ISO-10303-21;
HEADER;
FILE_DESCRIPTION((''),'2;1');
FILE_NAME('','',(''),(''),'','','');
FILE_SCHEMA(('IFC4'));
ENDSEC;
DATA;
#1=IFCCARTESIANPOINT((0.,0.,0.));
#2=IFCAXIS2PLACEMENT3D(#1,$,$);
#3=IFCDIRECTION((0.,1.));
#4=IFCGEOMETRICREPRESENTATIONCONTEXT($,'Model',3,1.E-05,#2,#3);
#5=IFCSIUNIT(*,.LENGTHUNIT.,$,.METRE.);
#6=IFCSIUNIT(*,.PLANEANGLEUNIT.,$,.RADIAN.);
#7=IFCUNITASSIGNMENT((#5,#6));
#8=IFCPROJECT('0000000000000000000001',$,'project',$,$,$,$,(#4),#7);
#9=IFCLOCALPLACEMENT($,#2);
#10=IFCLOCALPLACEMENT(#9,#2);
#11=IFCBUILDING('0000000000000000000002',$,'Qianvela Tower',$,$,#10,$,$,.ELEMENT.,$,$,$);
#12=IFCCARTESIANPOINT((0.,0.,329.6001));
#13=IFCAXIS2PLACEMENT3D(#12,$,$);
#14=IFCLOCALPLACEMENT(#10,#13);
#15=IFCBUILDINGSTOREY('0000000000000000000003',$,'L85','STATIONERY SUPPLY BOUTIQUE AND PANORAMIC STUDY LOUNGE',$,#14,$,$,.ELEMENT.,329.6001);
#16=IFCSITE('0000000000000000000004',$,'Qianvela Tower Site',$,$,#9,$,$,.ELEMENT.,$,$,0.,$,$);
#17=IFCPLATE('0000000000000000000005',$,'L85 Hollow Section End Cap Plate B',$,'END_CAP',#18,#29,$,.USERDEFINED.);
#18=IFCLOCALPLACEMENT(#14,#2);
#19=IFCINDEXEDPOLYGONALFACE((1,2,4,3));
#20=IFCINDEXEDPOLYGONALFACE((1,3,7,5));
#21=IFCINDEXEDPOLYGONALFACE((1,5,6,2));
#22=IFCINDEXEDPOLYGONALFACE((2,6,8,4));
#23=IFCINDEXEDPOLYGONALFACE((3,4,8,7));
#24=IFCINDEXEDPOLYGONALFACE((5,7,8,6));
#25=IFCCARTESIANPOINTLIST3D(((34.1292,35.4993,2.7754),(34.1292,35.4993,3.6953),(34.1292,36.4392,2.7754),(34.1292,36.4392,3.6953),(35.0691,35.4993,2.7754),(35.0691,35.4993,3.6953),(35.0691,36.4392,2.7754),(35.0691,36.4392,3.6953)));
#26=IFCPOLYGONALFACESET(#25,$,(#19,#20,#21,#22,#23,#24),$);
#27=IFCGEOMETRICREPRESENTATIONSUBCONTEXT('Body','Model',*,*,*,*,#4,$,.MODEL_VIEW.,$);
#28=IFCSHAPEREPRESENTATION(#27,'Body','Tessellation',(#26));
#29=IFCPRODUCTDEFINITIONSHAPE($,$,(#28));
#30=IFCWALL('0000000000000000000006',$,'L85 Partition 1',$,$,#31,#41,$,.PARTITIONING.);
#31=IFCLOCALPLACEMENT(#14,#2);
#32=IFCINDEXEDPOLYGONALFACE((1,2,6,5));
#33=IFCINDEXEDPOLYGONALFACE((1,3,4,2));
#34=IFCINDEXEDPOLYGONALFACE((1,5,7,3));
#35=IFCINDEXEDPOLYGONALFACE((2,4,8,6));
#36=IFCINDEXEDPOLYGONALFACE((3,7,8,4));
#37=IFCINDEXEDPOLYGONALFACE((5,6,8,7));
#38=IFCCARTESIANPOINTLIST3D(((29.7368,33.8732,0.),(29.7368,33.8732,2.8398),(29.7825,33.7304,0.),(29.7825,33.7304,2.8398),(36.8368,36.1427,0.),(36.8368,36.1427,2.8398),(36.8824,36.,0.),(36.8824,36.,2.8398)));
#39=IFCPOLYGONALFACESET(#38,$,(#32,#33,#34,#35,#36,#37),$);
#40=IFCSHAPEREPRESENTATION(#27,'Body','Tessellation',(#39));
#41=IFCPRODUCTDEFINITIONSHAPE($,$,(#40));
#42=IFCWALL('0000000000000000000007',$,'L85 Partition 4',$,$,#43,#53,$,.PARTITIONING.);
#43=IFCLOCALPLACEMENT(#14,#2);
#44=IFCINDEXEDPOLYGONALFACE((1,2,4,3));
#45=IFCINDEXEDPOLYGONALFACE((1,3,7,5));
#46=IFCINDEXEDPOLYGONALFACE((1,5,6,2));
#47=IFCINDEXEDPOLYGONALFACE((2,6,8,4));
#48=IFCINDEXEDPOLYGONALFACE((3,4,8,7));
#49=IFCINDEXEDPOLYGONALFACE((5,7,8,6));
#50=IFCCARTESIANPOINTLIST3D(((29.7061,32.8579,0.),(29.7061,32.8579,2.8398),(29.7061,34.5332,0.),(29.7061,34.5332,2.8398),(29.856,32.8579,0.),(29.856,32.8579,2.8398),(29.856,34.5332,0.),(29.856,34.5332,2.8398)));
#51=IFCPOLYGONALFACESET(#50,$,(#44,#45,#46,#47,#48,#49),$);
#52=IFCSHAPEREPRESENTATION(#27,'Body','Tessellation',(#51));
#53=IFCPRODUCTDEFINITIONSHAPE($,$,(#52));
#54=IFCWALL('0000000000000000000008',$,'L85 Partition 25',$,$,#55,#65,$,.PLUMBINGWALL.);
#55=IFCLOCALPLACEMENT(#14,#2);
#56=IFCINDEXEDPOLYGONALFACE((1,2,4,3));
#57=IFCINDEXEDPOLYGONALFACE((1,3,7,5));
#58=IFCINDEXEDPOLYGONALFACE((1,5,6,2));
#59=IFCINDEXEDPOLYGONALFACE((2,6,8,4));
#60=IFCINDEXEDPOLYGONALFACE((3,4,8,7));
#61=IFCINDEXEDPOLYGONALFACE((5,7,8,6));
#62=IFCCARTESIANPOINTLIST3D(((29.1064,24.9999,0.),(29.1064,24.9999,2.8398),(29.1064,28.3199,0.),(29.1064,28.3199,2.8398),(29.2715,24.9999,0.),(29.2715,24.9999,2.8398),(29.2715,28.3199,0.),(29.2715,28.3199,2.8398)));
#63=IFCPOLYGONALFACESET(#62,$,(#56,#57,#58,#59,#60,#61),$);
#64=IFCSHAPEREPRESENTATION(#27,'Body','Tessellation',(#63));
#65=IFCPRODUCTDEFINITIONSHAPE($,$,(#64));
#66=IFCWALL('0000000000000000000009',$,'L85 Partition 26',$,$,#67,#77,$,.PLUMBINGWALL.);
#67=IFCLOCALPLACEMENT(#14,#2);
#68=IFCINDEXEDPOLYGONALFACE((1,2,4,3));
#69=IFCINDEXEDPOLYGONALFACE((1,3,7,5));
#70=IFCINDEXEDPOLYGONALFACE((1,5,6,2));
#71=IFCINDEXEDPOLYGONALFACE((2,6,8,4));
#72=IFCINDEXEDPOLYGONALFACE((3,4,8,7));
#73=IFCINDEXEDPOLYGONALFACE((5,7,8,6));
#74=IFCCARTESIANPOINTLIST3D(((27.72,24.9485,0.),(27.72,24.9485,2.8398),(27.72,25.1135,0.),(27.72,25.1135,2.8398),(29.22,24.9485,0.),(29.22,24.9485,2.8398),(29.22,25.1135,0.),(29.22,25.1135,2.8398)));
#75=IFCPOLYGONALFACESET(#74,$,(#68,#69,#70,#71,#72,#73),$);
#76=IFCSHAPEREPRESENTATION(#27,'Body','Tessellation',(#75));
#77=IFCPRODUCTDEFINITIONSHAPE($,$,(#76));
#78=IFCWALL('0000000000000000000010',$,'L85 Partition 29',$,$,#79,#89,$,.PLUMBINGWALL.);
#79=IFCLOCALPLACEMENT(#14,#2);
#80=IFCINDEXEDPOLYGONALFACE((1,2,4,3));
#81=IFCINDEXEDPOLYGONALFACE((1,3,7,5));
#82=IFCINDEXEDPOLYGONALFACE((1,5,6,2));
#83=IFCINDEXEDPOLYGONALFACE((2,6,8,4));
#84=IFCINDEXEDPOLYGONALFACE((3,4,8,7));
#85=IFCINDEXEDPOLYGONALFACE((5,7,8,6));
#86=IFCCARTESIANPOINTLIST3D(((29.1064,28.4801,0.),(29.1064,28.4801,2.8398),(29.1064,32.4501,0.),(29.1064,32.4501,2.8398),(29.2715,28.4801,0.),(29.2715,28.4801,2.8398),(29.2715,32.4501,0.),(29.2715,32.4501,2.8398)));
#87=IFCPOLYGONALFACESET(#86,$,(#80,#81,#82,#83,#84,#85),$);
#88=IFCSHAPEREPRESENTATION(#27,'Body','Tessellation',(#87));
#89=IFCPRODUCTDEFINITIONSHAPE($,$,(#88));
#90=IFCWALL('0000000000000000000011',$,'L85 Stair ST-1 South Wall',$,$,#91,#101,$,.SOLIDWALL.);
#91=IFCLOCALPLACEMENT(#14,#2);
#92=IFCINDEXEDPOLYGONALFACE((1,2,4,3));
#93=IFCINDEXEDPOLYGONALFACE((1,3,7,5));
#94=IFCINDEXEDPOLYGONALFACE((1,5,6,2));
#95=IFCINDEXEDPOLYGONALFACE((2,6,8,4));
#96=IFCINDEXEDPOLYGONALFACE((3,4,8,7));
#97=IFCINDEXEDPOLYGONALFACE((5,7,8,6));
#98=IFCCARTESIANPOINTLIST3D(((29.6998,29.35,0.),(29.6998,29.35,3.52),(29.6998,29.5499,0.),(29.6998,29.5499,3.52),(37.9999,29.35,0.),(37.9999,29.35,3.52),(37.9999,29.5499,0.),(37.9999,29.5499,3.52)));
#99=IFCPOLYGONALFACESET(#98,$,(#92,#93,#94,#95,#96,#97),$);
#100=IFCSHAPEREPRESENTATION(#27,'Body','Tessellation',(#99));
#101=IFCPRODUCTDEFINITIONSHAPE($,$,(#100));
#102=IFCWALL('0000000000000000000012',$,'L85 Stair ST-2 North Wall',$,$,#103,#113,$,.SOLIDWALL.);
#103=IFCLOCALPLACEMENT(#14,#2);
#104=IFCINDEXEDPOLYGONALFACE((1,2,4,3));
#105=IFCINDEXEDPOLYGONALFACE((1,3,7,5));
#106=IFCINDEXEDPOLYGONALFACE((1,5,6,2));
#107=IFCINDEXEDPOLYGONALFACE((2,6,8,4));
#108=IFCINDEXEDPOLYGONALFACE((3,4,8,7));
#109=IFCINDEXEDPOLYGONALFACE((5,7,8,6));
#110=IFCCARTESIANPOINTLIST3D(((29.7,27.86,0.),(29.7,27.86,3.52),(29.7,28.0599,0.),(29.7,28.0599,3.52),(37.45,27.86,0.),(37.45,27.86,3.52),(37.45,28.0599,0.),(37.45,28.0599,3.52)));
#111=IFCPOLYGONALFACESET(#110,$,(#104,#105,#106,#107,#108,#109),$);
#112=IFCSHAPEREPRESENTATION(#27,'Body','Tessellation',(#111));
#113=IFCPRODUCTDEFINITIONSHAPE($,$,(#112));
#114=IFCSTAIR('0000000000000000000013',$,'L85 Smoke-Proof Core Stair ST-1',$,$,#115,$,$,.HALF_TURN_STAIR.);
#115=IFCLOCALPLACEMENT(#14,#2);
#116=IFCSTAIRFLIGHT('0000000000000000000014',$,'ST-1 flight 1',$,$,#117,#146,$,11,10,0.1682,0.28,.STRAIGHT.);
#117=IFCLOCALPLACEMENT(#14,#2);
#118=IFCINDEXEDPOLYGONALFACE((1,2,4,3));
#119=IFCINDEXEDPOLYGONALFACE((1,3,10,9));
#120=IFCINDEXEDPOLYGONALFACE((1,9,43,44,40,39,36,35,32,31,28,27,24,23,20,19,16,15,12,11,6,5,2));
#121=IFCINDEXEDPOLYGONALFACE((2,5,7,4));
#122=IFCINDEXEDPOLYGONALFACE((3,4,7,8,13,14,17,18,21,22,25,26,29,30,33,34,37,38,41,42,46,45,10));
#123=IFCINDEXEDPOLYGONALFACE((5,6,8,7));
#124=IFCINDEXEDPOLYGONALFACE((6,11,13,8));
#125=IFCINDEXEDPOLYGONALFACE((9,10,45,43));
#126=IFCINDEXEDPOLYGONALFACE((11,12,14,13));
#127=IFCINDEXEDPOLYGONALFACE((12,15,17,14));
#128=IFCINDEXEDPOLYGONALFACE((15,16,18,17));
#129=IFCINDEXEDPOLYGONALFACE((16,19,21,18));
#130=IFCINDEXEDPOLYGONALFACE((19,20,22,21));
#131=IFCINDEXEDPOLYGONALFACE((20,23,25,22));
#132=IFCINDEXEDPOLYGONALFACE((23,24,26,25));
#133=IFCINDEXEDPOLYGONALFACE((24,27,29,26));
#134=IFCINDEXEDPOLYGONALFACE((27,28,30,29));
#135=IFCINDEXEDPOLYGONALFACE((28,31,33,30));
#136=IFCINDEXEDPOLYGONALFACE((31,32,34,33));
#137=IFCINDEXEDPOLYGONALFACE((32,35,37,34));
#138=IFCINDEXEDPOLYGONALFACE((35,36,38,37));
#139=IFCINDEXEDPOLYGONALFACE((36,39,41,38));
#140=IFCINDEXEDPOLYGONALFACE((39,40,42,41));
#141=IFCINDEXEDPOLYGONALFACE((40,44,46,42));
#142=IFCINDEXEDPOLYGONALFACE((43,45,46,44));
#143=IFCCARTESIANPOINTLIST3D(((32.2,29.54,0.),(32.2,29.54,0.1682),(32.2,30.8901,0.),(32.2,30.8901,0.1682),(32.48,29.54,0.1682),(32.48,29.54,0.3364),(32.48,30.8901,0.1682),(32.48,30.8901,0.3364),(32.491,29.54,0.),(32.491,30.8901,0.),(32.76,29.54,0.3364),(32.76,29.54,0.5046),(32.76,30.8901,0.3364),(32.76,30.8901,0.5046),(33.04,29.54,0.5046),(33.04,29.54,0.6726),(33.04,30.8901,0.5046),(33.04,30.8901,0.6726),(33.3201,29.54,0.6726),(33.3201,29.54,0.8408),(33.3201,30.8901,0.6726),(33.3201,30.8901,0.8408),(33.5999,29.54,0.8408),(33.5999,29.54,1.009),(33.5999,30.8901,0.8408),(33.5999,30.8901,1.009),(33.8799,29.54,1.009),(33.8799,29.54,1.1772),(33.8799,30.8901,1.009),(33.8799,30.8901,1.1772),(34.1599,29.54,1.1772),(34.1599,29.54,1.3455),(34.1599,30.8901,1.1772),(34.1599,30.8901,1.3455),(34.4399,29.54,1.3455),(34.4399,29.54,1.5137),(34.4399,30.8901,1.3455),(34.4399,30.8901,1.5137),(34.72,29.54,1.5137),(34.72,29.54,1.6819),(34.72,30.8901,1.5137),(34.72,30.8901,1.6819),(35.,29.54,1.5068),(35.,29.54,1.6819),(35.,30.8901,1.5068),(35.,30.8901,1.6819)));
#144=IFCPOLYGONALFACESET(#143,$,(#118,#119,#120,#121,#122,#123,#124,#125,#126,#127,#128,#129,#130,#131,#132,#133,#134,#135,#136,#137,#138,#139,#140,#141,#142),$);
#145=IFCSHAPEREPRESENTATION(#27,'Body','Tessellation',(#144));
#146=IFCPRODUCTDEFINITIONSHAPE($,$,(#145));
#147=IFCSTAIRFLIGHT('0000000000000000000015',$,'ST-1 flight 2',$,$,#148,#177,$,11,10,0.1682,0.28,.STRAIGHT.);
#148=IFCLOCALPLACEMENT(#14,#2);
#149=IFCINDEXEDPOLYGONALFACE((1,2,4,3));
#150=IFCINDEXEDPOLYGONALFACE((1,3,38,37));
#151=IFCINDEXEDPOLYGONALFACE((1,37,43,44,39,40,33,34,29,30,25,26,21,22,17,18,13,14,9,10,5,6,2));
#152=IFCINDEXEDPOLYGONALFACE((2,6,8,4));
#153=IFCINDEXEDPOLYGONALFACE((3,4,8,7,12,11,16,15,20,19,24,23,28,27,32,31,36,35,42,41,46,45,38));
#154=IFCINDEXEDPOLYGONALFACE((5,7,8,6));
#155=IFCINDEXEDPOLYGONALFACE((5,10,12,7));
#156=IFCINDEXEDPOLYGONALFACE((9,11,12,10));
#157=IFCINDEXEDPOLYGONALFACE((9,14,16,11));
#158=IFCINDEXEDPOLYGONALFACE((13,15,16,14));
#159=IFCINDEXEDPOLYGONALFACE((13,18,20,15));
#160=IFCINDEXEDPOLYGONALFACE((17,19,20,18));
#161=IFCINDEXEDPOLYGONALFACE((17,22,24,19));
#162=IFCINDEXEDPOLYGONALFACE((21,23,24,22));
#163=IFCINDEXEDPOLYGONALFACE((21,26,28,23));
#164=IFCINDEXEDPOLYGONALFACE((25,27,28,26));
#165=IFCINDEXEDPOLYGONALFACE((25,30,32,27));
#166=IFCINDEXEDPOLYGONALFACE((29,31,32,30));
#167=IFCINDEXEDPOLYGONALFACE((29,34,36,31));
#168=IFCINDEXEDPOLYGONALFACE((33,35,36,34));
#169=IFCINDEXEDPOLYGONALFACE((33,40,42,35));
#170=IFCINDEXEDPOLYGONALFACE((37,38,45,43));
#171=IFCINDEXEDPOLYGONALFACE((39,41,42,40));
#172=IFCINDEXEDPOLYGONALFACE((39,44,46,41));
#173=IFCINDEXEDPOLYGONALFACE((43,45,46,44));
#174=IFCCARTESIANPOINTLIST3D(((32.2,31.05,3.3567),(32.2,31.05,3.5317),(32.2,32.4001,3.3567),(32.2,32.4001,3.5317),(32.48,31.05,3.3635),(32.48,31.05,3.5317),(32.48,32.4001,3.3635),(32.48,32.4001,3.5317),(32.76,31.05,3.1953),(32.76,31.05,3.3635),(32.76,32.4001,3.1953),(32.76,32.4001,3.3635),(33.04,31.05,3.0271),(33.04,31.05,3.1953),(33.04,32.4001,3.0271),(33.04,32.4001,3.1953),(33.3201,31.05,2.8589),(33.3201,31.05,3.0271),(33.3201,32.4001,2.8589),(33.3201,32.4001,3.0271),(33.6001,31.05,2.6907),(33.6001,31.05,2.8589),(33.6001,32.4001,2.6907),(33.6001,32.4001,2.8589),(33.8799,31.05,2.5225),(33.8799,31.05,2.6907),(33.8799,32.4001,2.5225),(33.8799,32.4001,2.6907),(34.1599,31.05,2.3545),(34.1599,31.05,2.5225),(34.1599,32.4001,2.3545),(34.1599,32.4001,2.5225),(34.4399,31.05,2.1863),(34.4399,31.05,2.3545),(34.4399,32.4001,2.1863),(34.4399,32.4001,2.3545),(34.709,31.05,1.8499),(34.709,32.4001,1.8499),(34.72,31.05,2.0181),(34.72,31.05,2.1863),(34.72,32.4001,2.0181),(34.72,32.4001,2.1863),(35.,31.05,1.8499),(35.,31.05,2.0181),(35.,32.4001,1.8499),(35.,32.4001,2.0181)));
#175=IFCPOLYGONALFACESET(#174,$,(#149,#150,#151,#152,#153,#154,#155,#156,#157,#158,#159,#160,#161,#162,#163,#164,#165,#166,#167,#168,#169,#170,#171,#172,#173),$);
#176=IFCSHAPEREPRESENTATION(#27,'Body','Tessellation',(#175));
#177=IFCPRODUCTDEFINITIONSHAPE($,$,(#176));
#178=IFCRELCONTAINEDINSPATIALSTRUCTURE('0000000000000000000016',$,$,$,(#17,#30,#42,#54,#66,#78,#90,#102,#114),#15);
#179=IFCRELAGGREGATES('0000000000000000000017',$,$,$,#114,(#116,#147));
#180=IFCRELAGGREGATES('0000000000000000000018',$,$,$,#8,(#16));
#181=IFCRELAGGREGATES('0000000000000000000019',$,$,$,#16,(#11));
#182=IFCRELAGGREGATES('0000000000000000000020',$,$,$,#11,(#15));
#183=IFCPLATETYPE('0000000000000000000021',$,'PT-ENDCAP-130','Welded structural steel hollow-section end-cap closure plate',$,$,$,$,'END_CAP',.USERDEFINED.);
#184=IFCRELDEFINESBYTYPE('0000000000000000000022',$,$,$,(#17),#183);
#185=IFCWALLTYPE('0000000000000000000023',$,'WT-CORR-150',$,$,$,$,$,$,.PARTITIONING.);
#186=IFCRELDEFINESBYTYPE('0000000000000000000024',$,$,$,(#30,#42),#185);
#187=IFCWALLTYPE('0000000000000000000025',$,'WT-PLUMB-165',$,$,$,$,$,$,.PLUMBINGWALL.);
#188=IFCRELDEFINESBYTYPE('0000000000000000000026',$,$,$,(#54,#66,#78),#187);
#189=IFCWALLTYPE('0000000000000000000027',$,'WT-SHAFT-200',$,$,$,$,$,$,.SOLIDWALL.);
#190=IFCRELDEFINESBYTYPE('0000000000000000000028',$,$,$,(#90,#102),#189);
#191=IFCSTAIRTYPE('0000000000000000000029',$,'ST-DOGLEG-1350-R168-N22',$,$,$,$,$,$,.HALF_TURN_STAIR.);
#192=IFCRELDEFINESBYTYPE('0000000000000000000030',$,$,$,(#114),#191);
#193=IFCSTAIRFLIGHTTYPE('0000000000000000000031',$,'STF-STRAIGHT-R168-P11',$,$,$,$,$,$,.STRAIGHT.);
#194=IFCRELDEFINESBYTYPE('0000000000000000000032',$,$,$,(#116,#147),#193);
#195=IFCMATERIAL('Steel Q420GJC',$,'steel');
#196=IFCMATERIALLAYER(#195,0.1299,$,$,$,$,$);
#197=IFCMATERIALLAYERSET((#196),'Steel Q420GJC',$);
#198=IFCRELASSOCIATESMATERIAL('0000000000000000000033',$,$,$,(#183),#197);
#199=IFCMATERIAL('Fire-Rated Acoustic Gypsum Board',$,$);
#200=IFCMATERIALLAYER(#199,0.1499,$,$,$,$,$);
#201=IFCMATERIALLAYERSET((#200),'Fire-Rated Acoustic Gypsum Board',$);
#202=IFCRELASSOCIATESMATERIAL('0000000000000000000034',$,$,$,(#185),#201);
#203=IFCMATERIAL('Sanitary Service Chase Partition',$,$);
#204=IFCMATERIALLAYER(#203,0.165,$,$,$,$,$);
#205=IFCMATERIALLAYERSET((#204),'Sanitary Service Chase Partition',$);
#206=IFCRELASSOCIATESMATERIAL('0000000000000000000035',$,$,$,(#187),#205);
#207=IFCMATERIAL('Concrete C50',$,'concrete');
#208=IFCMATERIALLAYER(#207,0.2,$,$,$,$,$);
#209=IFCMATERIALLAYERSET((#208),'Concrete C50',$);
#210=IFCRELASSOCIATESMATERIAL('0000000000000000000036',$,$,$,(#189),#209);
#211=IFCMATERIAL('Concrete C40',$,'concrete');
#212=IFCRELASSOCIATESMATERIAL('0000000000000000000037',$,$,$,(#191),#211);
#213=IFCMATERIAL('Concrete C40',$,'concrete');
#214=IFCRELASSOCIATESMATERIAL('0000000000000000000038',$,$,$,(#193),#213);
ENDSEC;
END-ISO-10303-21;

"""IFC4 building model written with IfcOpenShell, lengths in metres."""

from ifc_helpers import new_model, si_unit, direction, frame, frame_2d, origin, origin_2d, place, context, subcontext, project, spatial, polyline, rectangle, outline, extrude, material, layer, layer_set, type_object, element, aggregate, save


model = new_model("IFC4")

# Units and contexts
model_context = context("Model", 3, precision=1e-05, world=origin(), true_north=direction((0.0, 1.0)))
body_context = subcontext(model_context, "Body", "Model", "MODEL_VIEW")
ifc_project = project(units=[si_unit("LENGTHUNIT", "METRE"), si_unit("PLANEANGLEUNIT", "RADIAN")], contexts=[model_context])

# Site, building, storey
site_placement = place(None, origin())
site = spatial("IfcSite", under=ifc_project, at=site_placement, Name="Qianvela Tower Site", CompositionType="ELEMENT", RefElevation=0.0)
building_placement = place(site_placement, origin())
building = spatial("IfcBuilding", under=site, at=building_placement, Name="Qianvela Tower", CompositionType="ELEMENT")
storey_placement = place(building_placement, frame((0.0, 0.0, 329.6001)))
storey = spatial("IfcBuildingStorey", under=building, at=storey_placement, Name="L85", Description="STATIONERY SUPPLY BOUTIQUE AND PANORAMIC STUDY LOUNGE", CompositionType="ELEMENT", Elevation=329.6001)

# Plate
ifc_material_1 = material(Name="Steel Q420GJC", Category="steel")
ifc_layer_1 = layer(ifc_material_1, 0.1299)
ifc_layer_set_1 = layer_set([ifc_layer_1], Name="Steel Q420GJC")
plate_type_1 = type_object("IfcPlateType", Name="PT-ENDCAP-130", Description="Welded structural steel hollow-section end-cap closure plate", ElementType="END_CAP", PredefinedType="USERDEFINED", material=ifc_layer_set_1)
plate_1_placement = place(storey_placement, frame((34.5991, 35.9692, 2.7754), z_axis=(0.0, 0.0, 1.0), x_axis=(1.0, 0.0, 0.0)))
element("IfcPlate", 1, at=plate_1_placement, inside=storey, type_object=plate_type_1, Name="L85 Hollow Section End Cap Plate B", ObjectType="END_CAP", PredefinedType="USERDEFINED", context=body_context, shape_type="SweptSolid", body=[
    extrude(rectangle(XDim=0.9399, YDim=0.9399, at=origin_2d()), origin(), (0.0, 0.0, 1.0), 0.9199),
])

# Walls
ifc_material_2 = material(Name="Fire-Rated Acoustic Gypsum Board")
ifc_layer_2 = layer(ifc_material_2, 0.1499)
ifc_layer_set_2 = layer_set([ifc_layer_2], Name="Fire-Rated Acoustic Gypsum Board")
wall_type_1 = type_object("IfcWallType", Name="WT-CORR-150", PredefinedType="PARTITIONING", material=ifc_layer_set_2)
wall_1_placement = place(storey_placement, frame((29.7595, 33.8018, 0.0), z_axis=(0.0, 0.0, 1.0), x_axis=(0.952518, 0.304481, 0.0)))
element("IfcWall", 2, at=wall_1_placement, inside=storey, type_object=wall_type_1, Name="L85 Partition 1", PredefinedType="PARTITIONING", context=body_context, shape_type="SweptSolid", body=[
    extrude(rectangle(XDim=7.4539, YDim=0.1499, at=frame_2d((3.7271, 0.0))), origin(), (0.0, 0.0, 1.0), 2.8398),
])
wall_2_placement = place(storey_placement, frame((29.781, 32.8579, 0.0), z_axis=(0.0, 0.0, 1.0), x_axis=(0.0, 1.0, 0.0)))
element("IfcWall", 3, at=wall_2_placement, inside=storey, type_object=wall_type_1, Name="L85 Partition 4", PredefinedType="PARTITIONING", context=body_context, shape_type="SweptSolid", body=[
    extrude(rectangle(XDim=1.6753, YDim=0.1499, at=frame_2d((0.8376, 0.0))), origin(), (0.0, 0.0, 1.0), 2.8398),
])
ifc_material_3 = material(Name="Sanitary Service Chase Partition")
ifc_layer_3 = layer(ifc_material_3, 0.165)
ifc_layer_set_3 = layer_set([ifc_layer_3], Name="Sanitary Service Chase Partition")
wall_type_2 = type_object("IfcWallType", Name="WT-PLUMB-165", PredefinedType="PLUMBINGWALL", material=ifc_layer_set_3)
wall_3_placement = place(storey_placement, frame((29.189, 28.3201, 0.0), z_axis=(0.0, 0.0, 1.0), x_axis=(0.0, -1.0, 0.0)))
element("IfcWall", 4, at=wall_3_placement, inside=storey, type_object=wall_type_2, Name="L85 Partition 25", PredefinedType="PLUMBINGWALL", context=body_context, shape_type="SweptSolid", body=[
    extrude(rectangle(XDim=3.3201, YDim=0.165, at=frame_2d((1.6602, 0.0))), origin(), (0.0, 0.0, 1.0), 2.8398),
])
wall_4_placement = place(storey_placement, frame((29.22, 25.031, 0.0), z_axis=(0.0, 0.0, 1.0), x_axis=(-1.0, 0.0, 0.0)))
element("IfcWall", 5, at=wall_4_placement, inside=storey, type_object=wall_type_2, Name="L85 Partition 26", PredefinedType="PLUMBINGWALL", context=body_context, shape_type="SweptSolid", body=[
    extrude(rectangle(XDim=1.5, YDim=0.165, at=frame_2d((0.75, 0.0))), origin(), (0.0, 0.0, 1.0), 2.8398),
])
wall_5_placement = place(storey_placement, frame((29.189, 32.45, 0.0), z_axis=(0.0, 0.0, 1.0), x_axis=(0.0, -1.0, 0.0)))
element("IfcWall", 6, at=wall_5_placement, inside=storey, type_object=wall_type_2, Name="L85 Partition 29", PredefinedType="PLUMBINGWALL", context=body_context, shape_type="SweptSolid", body=[
    extrude(rectangle(XDim=3.97, YDim=0.165, at=frame_2d((1.9849, 0.0))), origin(), (0.0, 0.0, 1.0), 2.8398),
])
ifc_material_4 = material(Name="Concrete C50", Category="concrete")
ifc_layer_4 = layer(ifc_material_4, 0.2)
ifc_layer_set_4 = layer_set([ifc_layer_4], Name="Concrete C50")
wall_type_3 = type_object("IfcWallType", Name="WT-SHAFT-200", PredefinedType="SOLIDWALL", material=ifc_layer_set_4)
wall_6_placement = place(storey_placement, frame((29.7, 29.45, 0.0), z_axis=(0.0, 0.0, 1.0), x_axis=(1.0, 0.0, 0.0)))
element("IfcWall", 7, at=wall_6_placement, inside=storey, type_object=wall_type_3, Name="L85 Stair ST-1 South Wall", PredefinedType="SOLIDWALL", context=body_context, shape_type="SweptSolid", body=[
    extrude(rectangle(XDim=8.3, YDim=0.2, at=frame_2d((4.1499, 0.0))), origin(), (0.0, 0.0, 1.0), 3.52),
])
wall_7_placement = place(storey_placement, frame((29.7, 27.96, 0.0), z_axis=(0.0, 0.0, 1.0), x_axis=(1.0, 0.0, 0.0)))
element("IfcWall", 8, at=wall_7_placement, inside=storey, type_object=wall_type_3, Name="L85 Stair ST-2 North Wall", PredefinedType="SOLIDWALL", context=body_context, shape_type="SweptSolid", body=[
    extrude(rectangle(XDim=7.75, YDim=0.2, at=frame_2d((3.875, 0.0))), origin(), (0.0, 0.0, 1.0), 3.52),
])

# Stair, stair flights
ifc_material_5 = material(Name="Concrete C40", Category="concrete")
stair_type = type_object("IfcStairType", Name="ST-DOGLEG-1350-R168-N22", PredefinedType="HALF_TURN_STAIR", material=ifc_material_5)
stair_1_placement = place(storey_placement, origin())
stair_1 = element("IfcStair", 9, at=stair_1_placement, inside=storey, type_object=stair_type, Name="L85 Smoke-Proof Core Stair ST-1", PredefinedType="HALF_TURN_STAIR")
ifc_material_6 = material(Name="Concrete C40", Category="concrete")
stair_flight_type = type_object("IfcStairFlightType", Name="STF-STRAIGHT-R168-P11", PredefinedType="STRAIGHT", material=ifc_material_6)
stair_flight_1_placement = place(storey_placement, frame((32.2, 30.2151, 0.0), z_axis=(0.0, 0.0, 1.0), x_axis=(1.0, 0.0, 0.0)))
stair_flight_1 = element("IfcStairFlight", 10, at=stair_flight_1_placement, type_object=stair_flight_type, Name="ST-1 flight 1", NumberOfRisers=11, NumberOfTreads=10, PredefinedType="STRAIGHT", RiserHeight=0.1682, TreadLength=0.28, context=body_context, shape_type="SweptSolid", body=[
    extrude(outline(polyline([(0.0, 0.0), (0.0, 0.1682), (0.28, 0.1682), (0.28, 0.3364), (0.5601, 0.3364), (0.5601, 0.5046), (0.8401, 0.5046), (0.8401, 0.6726), (1.1201, 0.6726), (1.1201, 0.8408), (1.3999, 0.8408), (1.3999, 1.009), (1.6799, 1.009), (1.6799, 1.1772), (1.96, 1.1772), (1.96, 1.3455), (2.24, 1.3455), (2.24, 1.5137), (2.52, 1.5137), (2.52, 1.6819), (2.8, 1.6819), (2.8, 1.8501), (2.8, 1.5068), (0.291, 0.0), (0.0, 0.0)])), frame((0.0, 0.675, 0.0), z_axis=(0.0, -1.0, 0.0), x_axis=(1.0, 0.0, 0.0)), (0.0, 0.0, 1.0), 1.3501),
])
stair_flight_2_placement = place(storey_placement, frame((35.0, 31.7251, 1.8499), z_axis=(0.0, 0.0, 1.0), x_axis=(-1.0, 0.0, 0.0)))
stair_flight_2 = element("IfcStairFlight", 11, at=stair_flight_2_placement, type_object=stair_flight_type, Name="ST-1 flight 2", NumberOfRisers=11, NumberOfTreads=10, PredefinedType="STRAIGHT", RiserHeight=0.1682, TreadLength=0.28, context=body_context, shape_type="SweptSolid", body=[
    extrude(outline(polyline([(0.0, 0.0), (0.0, 0.1682), (0.28, 0.1682), (0.28, 0.3364), (0.5601, 0.3364), (0.5601, 0.5046), (0.8401, 0.5046), (0.8401, 0.6726), (1.1201, 0.6726), (1.1201, 0.8408), (1.3999, 0.8408), (1.3999, 1.009), (1.6799, 1.009), (1.6799, 1.1772), (1.96, 1.1772), (1.96, 1.3455), (2.24, 1.3455), (2.24, 1.5137), (2.52, 1.5137), (2.52, 1.6819), (2.8, 1.6819), (2.8, 1.8501), (2.8, 1.5068), (0.291, 0.0), (0.0, 0.0)])), frame((0.0, 0.675, 0.0), z_axis=(0.0, -1.0, 0.0), x_axis=(1.0, 0.0, 0.0)), (0.0, 0.0, 1.0), 1.3501),
])
aggregate(stair_1, [stair_flight_1, stair_flight_2])

save(model, "model.ifc")
